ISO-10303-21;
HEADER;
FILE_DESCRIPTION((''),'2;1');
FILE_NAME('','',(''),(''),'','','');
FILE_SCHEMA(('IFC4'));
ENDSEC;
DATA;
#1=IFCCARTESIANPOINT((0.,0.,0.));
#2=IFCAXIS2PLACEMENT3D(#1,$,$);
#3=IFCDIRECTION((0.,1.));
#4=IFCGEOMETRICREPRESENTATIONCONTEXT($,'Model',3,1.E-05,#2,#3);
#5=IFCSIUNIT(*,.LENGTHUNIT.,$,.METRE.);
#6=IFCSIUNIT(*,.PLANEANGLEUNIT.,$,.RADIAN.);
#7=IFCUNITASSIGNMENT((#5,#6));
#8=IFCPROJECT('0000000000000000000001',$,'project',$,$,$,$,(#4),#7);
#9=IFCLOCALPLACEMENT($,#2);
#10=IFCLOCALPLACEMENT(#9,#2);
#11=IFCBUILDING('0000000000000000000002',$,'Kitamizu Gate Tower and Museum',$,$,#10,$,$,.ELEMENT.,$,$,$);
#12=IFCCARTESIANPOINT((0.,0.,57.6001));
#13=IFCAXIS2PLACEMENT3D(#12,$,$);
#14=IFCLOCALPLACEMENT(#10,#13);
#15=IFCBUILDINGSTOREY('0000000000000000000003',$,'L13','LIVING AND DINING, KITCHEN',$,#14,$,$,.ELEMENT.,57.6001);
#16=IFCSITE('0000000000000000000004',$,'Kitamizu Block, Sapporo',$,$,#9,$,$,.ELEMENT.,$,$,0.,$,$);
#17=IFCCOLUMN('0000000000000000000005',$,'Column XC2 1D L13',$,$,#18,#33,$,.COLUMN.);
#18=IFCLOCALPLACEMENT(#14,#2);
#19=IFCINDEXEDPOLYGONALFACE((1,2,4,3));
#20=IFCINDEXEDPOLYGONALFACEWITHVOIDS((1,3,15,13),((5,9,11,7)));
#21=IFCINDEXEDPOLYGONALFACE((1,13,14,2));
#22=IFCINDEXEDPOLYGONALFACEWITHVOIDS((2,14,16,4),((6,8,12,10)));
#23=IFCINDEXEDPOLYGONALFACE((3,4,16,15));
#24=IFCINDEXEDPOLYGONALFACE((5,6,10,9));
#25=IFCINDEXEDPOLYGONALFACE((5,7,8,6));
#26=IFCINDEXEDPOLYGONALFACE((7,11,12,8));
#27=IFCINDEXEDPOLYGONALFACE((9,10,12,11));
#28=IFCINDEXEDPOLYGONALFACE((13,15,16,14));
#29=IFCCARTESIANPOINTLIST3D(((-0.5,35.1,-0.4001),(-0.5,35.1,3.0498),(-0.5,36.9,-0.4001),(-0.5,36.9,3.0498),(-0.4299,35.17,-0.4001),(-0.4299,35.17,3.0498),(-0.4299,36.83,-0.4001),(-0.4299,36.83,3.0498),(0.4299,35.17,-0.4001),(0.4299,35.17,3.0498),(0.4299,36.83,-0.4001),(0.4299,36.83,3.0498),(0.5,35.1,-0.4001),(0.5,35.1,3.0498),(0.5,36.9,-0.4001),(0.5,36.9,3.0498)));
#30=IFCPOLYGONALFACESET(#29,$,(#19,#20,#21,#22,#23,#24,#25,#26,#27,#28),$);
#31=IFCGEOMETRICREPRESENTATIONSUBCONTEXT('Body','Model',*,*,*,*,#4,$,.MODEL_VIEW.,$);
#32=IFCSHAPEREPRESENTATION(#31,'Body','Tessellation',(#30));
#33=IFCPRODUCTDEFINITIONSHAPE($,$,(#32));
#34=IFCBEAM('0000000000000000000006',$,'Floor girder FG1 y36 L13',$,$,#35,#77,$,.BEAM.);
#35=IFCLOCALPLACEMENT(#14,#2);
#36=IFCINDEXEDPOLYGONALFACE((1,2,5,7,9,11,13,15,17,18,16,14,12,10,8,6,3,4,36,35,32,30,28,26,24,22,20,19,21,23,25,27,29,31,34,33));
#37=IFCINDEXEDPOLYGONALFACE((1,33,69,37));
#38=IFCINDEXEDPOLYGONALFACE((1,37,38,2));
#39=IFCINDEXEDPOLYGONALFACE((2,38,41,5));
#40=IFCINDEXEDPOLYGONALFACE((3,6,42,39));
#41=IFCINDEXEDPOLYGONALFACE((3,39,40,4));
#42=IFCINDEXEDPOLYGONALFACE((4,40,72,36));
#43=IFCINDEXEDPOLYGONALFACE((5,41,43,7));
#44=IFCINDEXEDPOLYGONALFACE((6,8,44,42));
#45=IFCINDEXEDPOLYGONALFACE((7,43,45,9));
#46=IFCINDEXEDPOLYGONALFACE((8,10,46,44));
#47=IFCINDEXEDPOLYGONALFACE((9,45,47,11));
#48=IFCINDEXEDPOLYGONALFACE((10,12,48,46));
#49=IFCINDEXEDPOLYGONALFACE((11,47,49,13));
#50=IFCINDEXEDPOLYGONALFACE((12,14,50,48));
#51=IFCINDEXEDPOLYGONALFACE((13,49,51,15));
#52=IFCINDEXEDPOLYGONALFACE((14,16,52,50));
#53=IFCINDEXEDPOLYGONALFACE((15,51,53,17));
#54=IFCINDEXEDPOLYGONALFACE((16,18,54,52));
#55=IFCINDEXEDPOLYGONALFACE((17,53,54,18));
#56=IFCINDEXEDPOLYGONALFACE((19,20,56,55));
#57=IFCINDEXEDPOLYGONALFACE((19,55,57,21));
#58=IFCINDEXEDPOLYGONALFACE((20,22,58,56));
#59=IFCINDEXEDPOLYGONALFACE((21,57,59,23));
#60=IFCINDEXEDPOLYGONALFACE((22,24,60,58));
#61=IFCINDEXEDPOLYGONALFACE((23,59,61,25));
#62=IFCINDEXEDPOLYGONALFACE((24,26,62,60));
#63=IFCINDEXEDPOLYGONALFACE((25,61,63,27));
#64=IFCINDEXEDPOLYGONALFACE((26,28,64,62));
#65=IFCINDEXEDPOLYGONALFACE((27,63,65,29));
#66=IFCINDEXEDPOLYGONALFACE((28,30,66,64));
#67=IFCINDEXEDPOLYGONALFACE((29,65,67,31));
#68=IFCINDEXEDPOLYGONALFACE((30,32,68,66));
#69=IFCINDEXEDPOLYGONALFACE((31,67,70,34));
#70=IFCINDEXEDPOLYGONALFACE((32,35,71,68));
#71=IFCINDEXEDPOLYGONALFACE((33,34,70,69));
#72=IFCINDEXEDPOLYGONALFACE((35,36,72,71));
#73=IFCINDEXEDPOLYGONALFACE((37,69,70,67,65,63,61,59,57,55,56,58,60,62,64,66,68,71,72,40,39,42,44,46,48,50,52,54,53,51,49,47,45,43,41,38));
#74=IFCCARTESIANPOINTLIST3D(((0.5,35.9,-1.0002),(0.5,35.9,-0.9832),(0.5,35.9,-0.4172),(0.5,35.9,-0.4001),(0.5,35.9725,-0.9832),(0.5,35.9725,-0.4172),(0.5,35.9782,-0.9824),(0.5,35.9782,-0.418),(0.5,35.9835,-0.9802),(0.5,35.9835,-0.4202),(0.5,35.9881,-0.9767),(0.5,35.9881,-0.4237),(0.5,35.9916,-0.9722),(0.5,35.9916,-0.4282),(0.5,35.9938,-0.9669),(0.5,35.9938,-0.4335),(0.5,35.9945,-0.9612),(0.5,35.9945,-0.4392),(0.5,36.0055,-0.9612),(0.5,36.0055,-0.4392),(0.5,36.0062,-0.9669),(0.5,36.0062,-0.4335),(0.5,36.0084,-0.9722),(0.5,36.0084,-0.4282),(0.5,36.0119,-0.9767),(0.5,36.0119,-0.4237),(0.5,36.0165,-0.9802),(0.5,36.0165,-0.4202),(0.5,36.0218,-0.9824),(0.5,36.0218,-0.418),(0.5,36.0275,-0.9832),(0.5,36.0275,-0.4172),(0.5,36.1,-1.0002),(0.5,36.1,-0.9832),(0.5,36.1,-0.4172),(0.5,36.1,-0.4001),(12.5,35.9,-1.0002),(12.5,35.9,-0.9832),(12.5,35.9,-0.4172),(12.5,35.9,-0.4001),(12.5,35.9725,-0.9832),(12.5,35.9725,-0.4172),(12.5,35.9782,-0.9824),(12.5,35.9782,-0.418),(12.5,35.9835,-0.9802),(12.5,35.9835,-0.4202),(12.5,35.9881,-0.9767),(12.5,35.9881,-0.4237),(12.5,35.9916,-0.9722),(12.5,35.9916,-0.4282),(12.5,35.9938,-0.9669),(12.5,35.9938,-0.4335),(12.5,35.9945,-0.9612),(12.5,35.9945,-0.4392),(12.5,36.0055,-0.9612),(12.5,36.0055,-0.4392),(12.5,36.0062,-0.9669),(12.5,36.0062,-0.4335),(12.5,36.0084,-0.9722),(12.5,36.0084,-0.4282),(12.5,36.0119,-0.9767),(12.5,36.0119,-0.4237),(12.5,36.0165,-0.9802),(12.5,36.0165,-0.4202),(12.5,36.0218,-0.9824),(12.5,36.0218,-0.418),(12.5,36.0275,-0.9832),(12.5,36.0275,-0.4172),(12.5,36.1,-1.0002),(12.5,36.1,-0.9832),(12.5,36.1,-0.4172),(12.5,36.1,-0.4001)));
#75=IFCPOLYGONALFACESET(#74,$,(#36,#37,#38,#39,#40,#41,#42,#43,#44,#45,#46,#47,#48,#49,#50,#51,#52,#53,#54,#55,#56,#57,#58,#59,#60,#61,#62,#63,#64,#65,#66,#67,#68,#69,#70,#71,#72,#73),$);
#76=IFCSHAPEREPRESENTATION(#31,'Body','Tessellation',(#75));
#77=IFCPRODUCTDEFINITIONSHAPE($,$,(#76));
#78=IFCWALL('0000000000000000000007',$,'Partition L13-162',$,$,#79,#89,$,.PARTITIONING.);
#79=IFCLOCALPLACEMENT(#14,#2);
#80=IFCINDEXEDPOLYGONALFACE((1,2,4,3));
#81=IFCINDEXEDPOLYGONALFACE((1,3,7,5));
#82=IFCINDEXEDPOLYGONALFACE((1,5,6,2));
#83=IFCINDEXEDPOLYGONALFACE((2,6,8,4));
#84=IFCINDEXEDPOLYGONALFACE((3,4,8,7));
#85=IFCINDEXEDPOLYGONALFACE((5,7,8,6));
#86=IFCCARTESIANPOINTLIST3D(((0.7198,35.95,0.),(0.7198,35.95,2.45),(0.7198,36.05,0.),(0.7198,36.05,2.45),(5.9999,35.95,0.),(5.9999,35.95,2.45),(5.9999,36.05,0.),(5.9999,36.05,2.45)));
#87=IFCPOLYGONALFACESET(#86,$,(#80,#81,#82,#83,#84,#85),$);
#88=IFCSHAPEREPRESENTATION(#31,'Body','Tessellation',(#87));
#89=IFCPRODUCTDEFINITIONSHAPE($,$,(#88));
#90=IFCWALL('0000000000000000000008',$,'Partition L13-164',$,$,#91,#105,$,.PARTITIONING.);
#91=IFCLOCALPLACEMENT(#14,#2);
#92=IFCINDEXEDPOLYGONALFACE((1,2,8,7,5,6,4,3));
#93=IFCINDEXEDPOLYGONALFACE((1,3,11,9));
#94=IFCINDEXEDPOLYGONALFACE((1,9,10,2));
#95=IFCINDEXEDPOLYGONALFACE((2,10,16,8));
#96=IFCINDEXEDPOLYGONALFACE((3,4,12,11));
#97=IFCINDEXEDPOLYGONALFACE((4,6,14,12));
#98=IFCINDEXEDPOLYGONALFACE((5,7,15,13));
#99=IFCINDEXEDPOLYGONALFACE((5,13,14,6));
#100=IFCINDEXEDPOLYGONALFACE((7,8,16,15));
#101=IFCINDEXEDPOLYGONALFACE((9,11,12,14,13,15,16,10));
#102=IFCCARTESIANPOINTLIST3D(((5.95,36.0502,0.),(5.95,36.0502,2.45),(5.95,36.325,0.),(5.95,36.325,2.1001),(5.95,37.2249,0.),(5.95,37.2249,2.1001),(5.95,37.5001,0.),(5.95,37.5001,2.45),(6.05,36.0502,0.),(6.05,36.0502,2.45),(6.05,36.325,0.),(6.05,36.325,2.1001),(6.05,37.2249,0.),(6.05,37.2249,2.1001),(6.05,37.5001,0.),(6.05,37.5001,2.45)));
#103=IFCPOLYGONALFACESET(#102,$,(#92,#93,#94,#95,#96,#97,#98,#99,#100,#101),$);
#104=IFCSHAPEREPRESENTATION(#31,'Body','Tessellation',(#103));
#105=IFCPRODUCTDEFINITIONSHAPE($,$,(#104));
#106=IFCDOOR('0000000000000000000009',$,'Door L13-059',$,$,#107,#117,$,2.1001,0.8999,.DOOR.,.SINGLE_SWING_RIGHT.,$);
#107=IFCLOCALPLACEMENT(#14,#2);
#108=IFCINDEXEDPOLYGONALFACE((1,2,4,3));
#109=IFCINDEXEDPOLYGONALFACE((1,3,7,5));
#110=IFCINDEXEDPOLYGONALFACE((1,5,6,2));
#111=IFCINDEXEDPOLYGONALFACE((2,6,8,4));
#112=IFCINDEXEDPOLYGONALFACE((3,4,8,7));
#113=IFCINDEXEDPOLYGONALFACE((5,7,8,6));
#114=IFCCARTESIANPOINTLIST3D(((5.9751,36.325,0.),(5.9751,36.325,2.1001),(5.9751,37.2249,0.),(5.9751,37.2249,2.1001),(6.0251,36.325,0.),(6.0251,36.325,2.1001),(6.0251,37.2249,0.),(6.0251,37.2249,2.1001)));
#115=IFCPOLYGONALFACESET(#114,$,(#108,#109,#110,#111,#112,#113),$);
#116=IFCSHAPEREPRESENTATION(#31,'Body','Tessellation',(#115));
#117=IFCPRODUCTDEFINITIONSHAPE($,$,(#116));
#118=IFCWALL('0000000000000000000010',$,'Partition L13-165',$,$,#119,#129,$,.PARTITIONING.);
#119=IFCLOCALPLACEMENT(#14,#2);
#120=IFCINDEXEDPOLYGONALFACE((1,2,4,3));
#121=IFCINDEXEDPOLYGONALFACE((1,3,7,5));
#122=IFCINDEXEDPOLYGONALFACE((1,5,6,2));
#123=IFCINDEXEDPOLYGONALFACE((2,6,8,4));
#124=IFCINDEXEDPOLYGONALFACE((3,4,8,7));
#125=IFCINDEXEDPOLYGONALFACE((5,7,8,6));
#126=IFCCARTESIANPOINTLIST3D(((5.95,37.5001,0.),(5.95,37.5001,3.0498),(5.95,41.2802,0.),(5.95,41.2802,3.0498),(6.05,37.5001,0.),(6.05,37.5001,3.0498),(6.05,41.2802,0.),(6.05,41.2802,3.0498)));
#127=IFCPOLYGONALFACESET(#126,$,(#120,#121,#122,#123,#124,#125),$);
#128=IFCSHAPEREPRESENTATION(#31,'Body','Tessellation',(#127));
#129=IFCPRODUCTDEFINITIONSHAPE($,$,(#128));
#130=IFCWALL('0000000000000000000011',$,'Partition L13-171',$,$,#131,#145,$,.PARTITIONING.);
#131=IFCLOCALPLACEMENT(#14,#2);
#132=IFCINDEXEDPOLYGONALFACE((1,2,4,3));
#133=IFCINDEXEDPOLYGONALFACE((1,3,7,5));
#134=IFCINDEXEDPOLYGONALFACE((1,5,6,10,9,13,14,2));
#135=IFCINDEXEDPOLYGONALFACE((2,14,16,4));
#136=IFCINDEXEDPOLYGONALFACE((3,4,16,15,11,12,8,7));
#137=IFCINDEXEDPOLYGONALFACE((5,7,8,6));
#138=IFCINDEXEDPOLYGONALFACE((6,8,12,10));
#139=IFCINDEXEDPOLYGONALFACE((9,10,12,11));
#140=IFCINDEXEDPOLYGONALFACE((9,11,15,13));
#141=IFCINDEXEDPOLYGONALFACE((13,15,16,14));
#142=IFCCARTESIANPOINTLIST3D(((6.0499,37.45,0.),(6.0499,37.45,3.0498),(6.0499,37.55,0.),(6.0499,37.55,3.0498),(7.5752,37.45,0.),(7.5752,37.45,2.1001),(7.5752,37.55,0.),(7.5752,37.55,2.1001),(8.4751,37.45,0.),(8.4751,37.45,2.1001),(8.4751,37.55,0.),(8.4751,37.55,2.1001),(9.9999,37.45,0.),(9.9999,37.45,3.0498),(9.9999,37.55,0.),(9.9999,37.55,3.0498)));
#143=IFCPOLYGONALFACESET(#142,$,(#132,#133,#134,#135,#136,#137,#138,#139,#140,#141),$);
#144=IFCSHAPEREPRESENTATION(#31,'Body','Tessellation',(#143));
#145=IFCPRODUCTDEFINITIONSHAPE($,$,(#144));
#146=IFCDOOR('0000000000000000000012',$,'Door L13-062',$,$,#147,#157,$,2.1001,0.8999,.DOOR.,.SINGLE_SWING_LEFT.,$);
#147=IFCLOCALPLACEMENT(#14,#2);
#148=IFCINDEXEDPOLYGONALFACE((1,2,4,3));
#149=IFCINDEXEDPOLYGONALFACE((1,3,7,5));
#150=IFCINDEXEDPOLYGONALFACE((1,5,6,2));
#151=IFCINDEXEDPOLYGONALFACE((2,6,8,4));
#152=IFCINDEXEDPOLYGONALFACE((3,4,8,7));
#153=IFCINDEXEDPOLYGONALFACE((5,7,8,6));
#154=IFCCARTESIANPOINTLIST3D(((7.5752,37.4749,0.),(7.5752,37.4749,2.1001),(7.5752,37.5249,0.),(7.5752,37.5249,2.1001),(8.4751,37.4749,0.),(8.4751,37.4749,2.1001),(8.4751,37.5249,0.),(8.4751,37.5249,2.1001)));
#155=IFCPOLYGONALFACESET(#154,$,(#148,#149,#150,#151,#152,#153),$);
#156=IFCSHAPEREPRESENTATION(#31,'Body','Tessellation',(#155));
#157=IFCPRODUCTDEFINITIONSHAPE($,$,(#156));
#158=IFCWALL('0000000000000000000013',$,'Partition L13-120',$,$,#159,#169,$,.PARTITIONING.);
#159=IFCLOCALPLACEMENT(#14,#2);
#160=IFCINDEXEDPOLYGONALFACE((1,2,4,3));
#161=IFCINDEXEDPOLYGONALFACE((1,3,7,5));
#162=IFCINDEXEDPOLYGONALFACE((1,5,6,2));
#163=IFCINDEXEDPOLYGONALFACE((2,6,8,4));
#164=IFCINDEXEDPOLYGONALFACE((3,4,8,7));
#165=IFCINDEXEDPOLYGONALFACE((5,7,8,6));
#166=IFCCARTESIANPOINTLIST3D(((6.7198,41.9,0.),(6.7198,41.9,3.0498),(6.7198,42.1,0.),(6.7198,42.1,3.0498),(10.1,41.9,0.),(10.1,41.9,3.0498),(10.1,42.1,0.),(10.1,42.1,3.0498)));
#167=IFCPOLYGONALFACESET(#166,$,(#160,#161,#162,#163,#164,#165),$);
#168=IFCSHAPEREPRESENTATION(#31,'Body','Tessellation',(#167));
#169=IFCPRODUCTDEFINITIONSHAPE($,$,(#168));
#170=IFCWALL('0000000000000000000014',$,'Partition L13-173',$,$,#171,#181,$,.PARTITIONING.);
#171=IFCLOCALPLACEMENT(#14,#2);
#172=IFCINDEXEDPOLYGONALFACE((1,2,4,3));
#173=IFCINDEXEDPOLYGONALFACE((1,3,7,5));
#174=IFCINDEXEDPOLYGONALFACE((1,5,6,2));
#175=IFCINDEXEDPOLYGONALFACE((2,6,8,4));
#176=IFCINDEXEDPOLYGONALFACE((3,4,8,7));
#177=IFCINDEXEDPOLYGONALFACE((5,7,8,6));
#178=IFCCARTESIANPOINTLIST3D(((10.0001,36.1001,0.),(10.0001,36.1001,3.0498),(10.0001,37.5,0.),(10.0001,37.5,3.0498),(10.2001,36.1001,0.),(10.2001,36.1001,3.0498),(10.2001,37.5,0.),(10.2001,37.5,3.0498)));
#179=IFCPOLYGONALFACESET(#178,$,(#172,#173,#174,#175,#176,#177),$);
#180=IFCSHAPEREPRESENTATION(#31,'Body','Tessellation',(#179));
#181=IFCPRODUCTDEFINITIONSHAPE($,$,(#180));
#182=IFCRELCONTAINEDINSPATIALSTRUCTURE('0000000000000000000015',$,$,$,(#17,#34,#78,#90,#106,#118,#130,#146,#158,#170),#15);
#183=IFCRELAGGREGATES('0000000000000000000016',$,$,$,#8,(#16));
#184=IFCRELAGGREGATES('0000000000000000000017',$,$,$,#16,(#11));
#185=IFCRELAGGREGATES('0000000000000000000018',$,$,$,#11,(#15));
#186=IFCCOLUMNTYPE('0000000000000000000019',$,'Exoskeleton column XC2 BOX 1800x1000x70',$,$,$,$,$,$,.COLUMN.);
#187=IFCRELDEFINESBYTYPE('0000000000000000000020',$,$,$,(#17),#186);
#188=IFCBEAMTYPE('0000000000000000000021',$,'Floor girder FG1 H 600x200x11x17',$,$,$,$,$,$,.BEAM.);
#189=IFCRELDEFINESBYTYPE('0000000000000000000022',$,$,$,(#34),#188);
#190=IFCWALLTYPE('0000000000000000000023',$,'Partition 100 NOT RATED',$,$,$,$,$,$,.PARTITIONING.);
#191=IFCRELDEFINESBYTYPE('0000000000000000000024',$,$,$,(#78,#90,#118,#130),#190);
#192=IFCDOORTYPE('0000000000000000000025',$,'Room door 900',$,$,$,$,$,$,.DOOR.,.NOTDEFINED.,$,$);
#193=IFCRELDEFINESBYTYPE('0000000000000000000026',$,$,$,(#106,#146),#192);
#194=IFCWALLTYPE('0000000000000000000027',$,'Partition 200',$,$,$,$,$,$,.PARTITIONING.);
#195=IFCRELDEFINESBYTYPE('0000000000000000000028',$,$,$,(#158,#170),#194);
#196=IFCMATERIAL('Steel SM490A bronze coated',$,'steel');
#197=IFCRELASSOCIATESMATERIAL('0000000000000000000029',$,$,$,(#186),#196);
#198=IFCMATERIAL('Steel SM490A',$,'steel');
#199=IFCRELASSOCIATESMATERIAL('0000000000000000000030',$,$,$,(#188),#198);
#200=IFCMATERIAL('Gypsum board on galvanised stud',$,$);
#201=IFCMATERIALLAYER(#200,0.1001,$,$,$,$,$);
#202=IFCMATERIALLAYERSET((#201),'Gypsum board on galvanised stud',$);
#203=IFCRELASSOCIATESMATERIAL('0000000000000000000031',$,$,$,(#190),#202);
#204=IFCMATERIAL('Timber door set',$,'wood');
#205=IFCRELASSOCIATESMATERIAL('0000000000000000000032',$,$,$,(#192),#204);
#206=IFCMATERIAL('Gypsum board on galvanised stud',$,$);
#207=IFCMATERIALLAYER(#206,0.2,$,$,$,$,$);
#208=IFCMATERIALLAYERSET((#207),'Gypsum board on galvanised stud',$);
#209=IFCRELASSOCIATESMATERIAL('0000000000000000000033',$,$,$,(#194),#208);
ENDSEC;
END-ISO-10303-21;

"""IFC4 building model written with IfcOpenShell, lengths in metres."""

from ifc_helpers import new_model, si_unit, direction, frame, frame_2d, origin, origin_2d, place, context, subcontext, project, spatial, rectangle, hollow_rectangle, i_section, extrude, material, layer, layer_set, material_profile, profile_set, type_object, element, fill, save


model = new_model("IFC4")

# Units and contexts
model_context = context("Model", 3, precision=1e-05, world=origin(), true_north=direction((0.0, 1.0)))
body_context = subcontext(model_context, "Body", "Model", "MODEL_VIEW")
ifc_project = project(units=[si_unit("LENGTHUNIT", "METRE"), si_unit("PLANEANGLEUNIT", "RADIAN")], contexts=[model_context])

# Site, building, storey
site_placement = place(None, origin())
site = spatial("IfcSite", under=ifc_project, at=site_placement, Name="Kitamizu Block, Sapporo", CompositionType="ELEMENT", RefElevation=0.0)
building_placement = place(site_placement, origin())
building = spatial("IfcBuilding", under=site, at=building_placement, Name="Kitamizu Gate Tower and Museum", CompositionType="ELEMENT")
storey_placement = place(building_placement, frame((0.0, 0.0, 57.6001)))
storey = spatial("IfcBuildingStorey", under=building, at=storey_placement, Name="L13", Description="LIVING AND DINING, KITCHEN", CompositionType="ELEMENT", Elevation=57.6001)

# Column
ifc_material_1 = material(Name="Steel SM490A bronze coated", Category="steel")
ifc_material_profile_1 = material_profile(ifc_material_1, hollow_rectangle(XDim=1.8, YDim=1.0, WallThickness=0.0701, at=origin_2d()), Name="BOX 1800x1000x70")
ifc_profile_set_1 = profile_set([ifc_material_profile_1], Name="Steel SM490A bronze coated")
column_type = type_object("IfcColumnType", Name="Exoskeleton column XC2 BOX 1800x1000x70", PredefinedType="COLUMN", material=ifc_profile_set_1)
column_placement = place(storey_placement, frame((0.0, 36.0, -0.4001), z_axis=(0.0, 0.0, 1.0), x_axis=(0.0, 1.0, 0.0)))
element("IfcColumn", 1, at=column_placement, inside=storey, type_object=column_type, Name="Column XC2 1D L13", PredefinedType="COLUMN", context=body_context, shape_type="SweptSolid", body=[
    extrude(hollow_rectangle(XDim=1.8, YDim=1.0, WallThickness=0.0701, at=origin_2d()), origin(), (0.0, 0.0, 1.0), 3.45),
])

# Beam
ifc_material_2 = material(Name="Steel SM490A", Category="steel")
ifc_material_profile_2 = material_profile(ifc_material_2, i_section(OverallWidth=0.2, OverallDepth=0.6001, WebThickness=0.011, FlangeThickness=0.0171, FilletRadius=0.022, at=origin_2d()), Name="H-600x200x11x17")
ifc_profile_set_2 = profile_set([ifc_material_profile_2], Name="Steel SM490A")
beam_type = type_object("IfcBeamType", Name="Floor girder FG1 H 600x200x11x17", PredefinedType="BEAM", material=ifc_profile_set_2)
beam_placement = place(storey_placement, frame((0.5, 36.0, -0.7002), z_axis=(1.0, 0.0, 0.0), x_axis=(0.0, 1.0, 0.0)))
element("IfcBeam", 2, at=beam_placement, inside=storey, type_object=beam_type, Name="Floor girder FG1 y36 L13", PredefinedType="BEAM", context=body_context, shape_type="SweptSolid", body=[
    extrude(i_section(OverallWidth=0.2, OverallDepth=0.6001, WebThickness=0.011, FlangeThickness=0.0171, FilletRadius=0.022, at=origin_2d()), origin(), (0.0, 0.0, 1.0), 12.0),
])

# Wall
ifc_material_3 = material(Name="Gypsum board on galvanised stud")
ifc_layer_1 = layer(ifc_material_3, 0.1001)
ifc_layer_set_1 = layer_set([ifc_layer_1], Name="Gypsum board on galvanised stud")
wall_type_1 = type_object("IfcWallType", Name="Partition 100 NOT RATED", PredefinedType="PARTITIONING", material=ifc_layer_set_1)
wall_1_placement = place(storey_placement, frame((6.0, 36.0, 0.0), z_axis=(0.0, 0.0, 1.0), x_axis=(-1.0, 0.0, 0.0)))
element("IfcWall", 3, at=wall_1_placement, inside=storey, type_object=wall_type_1, Name="Partition L13-162", PredefinedType="PARTITIONING", context=body_context, shape_type="SweptSolid", body=[
    extrude(rectangle(XDim=5.28, YDim=0.1001, at=frame_2d((2.6401, 0.0))), origin(), (0.0, 0.0, 1.0), 2.45),
])

# Wall, opening, door
wall_2_placement = place(storey_placement, frame((6.0, 36.05, 0.0), z_axis=(0.0, 0.0, 1.0), x_axis=(0.0, 1.0, 0.0)))
wall_2 = element("IfcWall", 4, at=wall_2_placement, inside=storey, type_object=wall_type_1, Name="Partition L13-164", PredefinedType="PARTITIONING", context=body_context, shape_type="SweptSolid", body=[
    extrude(rectangle(XDim=1.45, YDim=0.1001, at=frame_2d((0.7251, 0.0))), origin(), (0.0, 0.0, 1.0), 2.45),
])
opening_1_placement = place(wall_2_placement, frame((0.2749, 0.0, 0.0)))
opening_1 = element("IfcOpeningElement", 5, at=opening_1_placement, cuts=wall_2, PredefinedType="OPENING", context=body_context, shape_type="SweptSolid", body=[
    extrude(rectangle(XDim=0.8999, YDim=2.1001, at=frame_2d((0.45, 1.05))), frame((0.0, 0.0601, 0.0), z_axis=(0.0, -1.0, 0.0), x_axis=(1.0, 0.0, 0.0)), (0.0, 0.0, 1.0), 0.1201),
])
ifc_material_4 = material(Name="Timber door set", Category="wood")
door_type = type_object("IfcDoorType", Name="Room door 900", OperationType="NOTDEFINED", PredefinedType="DOOR", material=ifc_material_4)
door_1_placement = place(opening_1_placement, origin())
door_1 = element("IfcDoor", 6, at=door_1_placement, inside=storey, type_object=door_type, Name="Door L13-059", OperationType="SINGLE_SWING_RIGHT", OverallHeight=2.1001, OverallWidth=0.8999, PredefinedType="DOOR", context=body_context, shape_type="SweptSolid", body=[
    extrude(rectangle(XDim=0.8999, YDim=2.1001, at=frame_2d((0.45, 1.05))), frame((0.0, 0.0249, 0.0), z_axis=(0.0, -1.0, 0.0), x_axis=(1.0, 0.0, 0.0)), (0.0, 0.0, 1.0), 0.05),
])
fill(opening_1, door_1)

# Wall
wall_3_placement = place(storey_placement, frame((6.0, 37.5, 0.0), z_axis=(0.0, 0.0, 1.0), x_axis=(0.0, 1.0, 0.0)))
element("IfcWall", 7, at=wall_3_placement, inside=storey, type_object=wall_type_1, Name="Partition L13-165", PredefinedType="PARTITIONING", context=body_context, shape_type="SweptSolid", body=[
    extrude(rectangle(XDim=3.78, YDim=0.1001, at=frame_2d((1.8901, 0.0))), origin(), (0.0, 0.0, 1.0), 3.0498),
])

# Wall, opening, door
wall_4_placement = place(storey_placement, frame((10.0, 37.5, 0.0), z_axis=(0.0, 0.0, 1.0), x_axis=(-1.0, 0.0, 0.0)))
wall_4 = element("IfcWall", 8, at=wall_4_placement, inside=storey, type_object=wall_type_1, Name="Partition L13-171", PredefinedType="PARTITIONING", context=body_context, shape_type="SweptSolid", body=[
    extrude(rectangle(XDim=3.95, YDim=0.1001, at=frame_2d((1.9751, 0.0))), origin(), (0.0, 0.0, 1.0), 3.0498),
])
opening_2_placement = place(wall_4_placement, frame((1.5249, 0.0, 0.0)))
opening_2 = element("IfcOpeningElement", 9, at=opening_2_placement, cuts=wall_4, PredefinedType="OPENING", context=body_context, shape_type="SweptSolid", body=[
    extrude(rectangle(XDim=0.8999, YDim=2.1001, at=frame_2d((0.45, 1.05))), frame((0.0, 0.0601, 0.0), z_axis=(0.0, -1.0, 0.0), x_axis=(1.0, 0.0, 0.0)), (0.0, 0.0, 1.0), 0.1201),
])
door_2_placement = place(opening_2_placement, frame((0.8999, 0.0, 0.0), x_axis=(-1.0, 0.0, 0.0)))
door_2 = element("IfcDoor", 10, at=door_2_placement, inside=storey, type_object=door_type, Name="Door L13-062", OperationType="SINGLE_SWING_LEFT", OverallHeight=2.1001, OverallWidth=0.8999, PredefinedType="DOOR", context=body_context, shape_type="SweptSolid", body=[
    extrude(rectangle(XDim=0.8999, YDim=2.1001, at=frame_2d((0.45, 1.05))), frame((0.0, 0.0249, 0.0), z_axis=(0.0, -1.0, 0.0), x_axis=(1.0, 0.0, 0.0)), (0.0, 0.0, 1.0), 0.05),
])
fill(opening_2, door_2)

# Walls
ifc_material_5 = material(Name="Gypsum board on galvanised stud")
ifc_layer_2 = layer(ifc_material_5, 0.2)
ifc_layer_set_2 = layer_set([ifc_layer_2], Name="Gypsum board on galvanised stud")
wall_type_2 = type_object("IfcWallType", Name="Partition 200", PredefinedType="PARTITIONING", material=ifc_layer_set_2)
wall_5_placement = place(storey_placement, frame((6.72, 42.0, 0.0), z_axis=(0.0, 0.0, 1.0), x_axis=(1.0, 0.0, 0.0)))
element("IfcWall", 11, at=wall_5_placement, inside=storey, type_object=wall_type_2, Name="Partition L13-120", PredefinedType="PARTITIONING", context=body_context, shape_type="SweptSolid", body=[
    extrude(rectangle(XDim=3.3801, YDim=0.2, at=frame_2d((1.6899, 0.0))), origin(), (0.0, 0.0, 1.0), 3.0498),
])
wall_6_placement = place(storey_placement, frame((10.1001, 36.1001, 0.0), z_axis=(0.0, 0.0, 1.0), x_axis=(0.0, 1.0, 0.0)))
element("IfcWall", 12, at=wall_6_placement, inside=storey, type_object=wall_type_2, Name="Partition L13-173", PredefinedType="PARTITIONING", context=body_context, shape_type="SweptSolid", body=[
    extrude(rectangle(XDim=1.3999, YDim=0.2, at=frame_2d((0.7, 0.0))), origin(), (0.0, 0.0, 1.0), 3.0498),
])

save(model, "model.ifc")
